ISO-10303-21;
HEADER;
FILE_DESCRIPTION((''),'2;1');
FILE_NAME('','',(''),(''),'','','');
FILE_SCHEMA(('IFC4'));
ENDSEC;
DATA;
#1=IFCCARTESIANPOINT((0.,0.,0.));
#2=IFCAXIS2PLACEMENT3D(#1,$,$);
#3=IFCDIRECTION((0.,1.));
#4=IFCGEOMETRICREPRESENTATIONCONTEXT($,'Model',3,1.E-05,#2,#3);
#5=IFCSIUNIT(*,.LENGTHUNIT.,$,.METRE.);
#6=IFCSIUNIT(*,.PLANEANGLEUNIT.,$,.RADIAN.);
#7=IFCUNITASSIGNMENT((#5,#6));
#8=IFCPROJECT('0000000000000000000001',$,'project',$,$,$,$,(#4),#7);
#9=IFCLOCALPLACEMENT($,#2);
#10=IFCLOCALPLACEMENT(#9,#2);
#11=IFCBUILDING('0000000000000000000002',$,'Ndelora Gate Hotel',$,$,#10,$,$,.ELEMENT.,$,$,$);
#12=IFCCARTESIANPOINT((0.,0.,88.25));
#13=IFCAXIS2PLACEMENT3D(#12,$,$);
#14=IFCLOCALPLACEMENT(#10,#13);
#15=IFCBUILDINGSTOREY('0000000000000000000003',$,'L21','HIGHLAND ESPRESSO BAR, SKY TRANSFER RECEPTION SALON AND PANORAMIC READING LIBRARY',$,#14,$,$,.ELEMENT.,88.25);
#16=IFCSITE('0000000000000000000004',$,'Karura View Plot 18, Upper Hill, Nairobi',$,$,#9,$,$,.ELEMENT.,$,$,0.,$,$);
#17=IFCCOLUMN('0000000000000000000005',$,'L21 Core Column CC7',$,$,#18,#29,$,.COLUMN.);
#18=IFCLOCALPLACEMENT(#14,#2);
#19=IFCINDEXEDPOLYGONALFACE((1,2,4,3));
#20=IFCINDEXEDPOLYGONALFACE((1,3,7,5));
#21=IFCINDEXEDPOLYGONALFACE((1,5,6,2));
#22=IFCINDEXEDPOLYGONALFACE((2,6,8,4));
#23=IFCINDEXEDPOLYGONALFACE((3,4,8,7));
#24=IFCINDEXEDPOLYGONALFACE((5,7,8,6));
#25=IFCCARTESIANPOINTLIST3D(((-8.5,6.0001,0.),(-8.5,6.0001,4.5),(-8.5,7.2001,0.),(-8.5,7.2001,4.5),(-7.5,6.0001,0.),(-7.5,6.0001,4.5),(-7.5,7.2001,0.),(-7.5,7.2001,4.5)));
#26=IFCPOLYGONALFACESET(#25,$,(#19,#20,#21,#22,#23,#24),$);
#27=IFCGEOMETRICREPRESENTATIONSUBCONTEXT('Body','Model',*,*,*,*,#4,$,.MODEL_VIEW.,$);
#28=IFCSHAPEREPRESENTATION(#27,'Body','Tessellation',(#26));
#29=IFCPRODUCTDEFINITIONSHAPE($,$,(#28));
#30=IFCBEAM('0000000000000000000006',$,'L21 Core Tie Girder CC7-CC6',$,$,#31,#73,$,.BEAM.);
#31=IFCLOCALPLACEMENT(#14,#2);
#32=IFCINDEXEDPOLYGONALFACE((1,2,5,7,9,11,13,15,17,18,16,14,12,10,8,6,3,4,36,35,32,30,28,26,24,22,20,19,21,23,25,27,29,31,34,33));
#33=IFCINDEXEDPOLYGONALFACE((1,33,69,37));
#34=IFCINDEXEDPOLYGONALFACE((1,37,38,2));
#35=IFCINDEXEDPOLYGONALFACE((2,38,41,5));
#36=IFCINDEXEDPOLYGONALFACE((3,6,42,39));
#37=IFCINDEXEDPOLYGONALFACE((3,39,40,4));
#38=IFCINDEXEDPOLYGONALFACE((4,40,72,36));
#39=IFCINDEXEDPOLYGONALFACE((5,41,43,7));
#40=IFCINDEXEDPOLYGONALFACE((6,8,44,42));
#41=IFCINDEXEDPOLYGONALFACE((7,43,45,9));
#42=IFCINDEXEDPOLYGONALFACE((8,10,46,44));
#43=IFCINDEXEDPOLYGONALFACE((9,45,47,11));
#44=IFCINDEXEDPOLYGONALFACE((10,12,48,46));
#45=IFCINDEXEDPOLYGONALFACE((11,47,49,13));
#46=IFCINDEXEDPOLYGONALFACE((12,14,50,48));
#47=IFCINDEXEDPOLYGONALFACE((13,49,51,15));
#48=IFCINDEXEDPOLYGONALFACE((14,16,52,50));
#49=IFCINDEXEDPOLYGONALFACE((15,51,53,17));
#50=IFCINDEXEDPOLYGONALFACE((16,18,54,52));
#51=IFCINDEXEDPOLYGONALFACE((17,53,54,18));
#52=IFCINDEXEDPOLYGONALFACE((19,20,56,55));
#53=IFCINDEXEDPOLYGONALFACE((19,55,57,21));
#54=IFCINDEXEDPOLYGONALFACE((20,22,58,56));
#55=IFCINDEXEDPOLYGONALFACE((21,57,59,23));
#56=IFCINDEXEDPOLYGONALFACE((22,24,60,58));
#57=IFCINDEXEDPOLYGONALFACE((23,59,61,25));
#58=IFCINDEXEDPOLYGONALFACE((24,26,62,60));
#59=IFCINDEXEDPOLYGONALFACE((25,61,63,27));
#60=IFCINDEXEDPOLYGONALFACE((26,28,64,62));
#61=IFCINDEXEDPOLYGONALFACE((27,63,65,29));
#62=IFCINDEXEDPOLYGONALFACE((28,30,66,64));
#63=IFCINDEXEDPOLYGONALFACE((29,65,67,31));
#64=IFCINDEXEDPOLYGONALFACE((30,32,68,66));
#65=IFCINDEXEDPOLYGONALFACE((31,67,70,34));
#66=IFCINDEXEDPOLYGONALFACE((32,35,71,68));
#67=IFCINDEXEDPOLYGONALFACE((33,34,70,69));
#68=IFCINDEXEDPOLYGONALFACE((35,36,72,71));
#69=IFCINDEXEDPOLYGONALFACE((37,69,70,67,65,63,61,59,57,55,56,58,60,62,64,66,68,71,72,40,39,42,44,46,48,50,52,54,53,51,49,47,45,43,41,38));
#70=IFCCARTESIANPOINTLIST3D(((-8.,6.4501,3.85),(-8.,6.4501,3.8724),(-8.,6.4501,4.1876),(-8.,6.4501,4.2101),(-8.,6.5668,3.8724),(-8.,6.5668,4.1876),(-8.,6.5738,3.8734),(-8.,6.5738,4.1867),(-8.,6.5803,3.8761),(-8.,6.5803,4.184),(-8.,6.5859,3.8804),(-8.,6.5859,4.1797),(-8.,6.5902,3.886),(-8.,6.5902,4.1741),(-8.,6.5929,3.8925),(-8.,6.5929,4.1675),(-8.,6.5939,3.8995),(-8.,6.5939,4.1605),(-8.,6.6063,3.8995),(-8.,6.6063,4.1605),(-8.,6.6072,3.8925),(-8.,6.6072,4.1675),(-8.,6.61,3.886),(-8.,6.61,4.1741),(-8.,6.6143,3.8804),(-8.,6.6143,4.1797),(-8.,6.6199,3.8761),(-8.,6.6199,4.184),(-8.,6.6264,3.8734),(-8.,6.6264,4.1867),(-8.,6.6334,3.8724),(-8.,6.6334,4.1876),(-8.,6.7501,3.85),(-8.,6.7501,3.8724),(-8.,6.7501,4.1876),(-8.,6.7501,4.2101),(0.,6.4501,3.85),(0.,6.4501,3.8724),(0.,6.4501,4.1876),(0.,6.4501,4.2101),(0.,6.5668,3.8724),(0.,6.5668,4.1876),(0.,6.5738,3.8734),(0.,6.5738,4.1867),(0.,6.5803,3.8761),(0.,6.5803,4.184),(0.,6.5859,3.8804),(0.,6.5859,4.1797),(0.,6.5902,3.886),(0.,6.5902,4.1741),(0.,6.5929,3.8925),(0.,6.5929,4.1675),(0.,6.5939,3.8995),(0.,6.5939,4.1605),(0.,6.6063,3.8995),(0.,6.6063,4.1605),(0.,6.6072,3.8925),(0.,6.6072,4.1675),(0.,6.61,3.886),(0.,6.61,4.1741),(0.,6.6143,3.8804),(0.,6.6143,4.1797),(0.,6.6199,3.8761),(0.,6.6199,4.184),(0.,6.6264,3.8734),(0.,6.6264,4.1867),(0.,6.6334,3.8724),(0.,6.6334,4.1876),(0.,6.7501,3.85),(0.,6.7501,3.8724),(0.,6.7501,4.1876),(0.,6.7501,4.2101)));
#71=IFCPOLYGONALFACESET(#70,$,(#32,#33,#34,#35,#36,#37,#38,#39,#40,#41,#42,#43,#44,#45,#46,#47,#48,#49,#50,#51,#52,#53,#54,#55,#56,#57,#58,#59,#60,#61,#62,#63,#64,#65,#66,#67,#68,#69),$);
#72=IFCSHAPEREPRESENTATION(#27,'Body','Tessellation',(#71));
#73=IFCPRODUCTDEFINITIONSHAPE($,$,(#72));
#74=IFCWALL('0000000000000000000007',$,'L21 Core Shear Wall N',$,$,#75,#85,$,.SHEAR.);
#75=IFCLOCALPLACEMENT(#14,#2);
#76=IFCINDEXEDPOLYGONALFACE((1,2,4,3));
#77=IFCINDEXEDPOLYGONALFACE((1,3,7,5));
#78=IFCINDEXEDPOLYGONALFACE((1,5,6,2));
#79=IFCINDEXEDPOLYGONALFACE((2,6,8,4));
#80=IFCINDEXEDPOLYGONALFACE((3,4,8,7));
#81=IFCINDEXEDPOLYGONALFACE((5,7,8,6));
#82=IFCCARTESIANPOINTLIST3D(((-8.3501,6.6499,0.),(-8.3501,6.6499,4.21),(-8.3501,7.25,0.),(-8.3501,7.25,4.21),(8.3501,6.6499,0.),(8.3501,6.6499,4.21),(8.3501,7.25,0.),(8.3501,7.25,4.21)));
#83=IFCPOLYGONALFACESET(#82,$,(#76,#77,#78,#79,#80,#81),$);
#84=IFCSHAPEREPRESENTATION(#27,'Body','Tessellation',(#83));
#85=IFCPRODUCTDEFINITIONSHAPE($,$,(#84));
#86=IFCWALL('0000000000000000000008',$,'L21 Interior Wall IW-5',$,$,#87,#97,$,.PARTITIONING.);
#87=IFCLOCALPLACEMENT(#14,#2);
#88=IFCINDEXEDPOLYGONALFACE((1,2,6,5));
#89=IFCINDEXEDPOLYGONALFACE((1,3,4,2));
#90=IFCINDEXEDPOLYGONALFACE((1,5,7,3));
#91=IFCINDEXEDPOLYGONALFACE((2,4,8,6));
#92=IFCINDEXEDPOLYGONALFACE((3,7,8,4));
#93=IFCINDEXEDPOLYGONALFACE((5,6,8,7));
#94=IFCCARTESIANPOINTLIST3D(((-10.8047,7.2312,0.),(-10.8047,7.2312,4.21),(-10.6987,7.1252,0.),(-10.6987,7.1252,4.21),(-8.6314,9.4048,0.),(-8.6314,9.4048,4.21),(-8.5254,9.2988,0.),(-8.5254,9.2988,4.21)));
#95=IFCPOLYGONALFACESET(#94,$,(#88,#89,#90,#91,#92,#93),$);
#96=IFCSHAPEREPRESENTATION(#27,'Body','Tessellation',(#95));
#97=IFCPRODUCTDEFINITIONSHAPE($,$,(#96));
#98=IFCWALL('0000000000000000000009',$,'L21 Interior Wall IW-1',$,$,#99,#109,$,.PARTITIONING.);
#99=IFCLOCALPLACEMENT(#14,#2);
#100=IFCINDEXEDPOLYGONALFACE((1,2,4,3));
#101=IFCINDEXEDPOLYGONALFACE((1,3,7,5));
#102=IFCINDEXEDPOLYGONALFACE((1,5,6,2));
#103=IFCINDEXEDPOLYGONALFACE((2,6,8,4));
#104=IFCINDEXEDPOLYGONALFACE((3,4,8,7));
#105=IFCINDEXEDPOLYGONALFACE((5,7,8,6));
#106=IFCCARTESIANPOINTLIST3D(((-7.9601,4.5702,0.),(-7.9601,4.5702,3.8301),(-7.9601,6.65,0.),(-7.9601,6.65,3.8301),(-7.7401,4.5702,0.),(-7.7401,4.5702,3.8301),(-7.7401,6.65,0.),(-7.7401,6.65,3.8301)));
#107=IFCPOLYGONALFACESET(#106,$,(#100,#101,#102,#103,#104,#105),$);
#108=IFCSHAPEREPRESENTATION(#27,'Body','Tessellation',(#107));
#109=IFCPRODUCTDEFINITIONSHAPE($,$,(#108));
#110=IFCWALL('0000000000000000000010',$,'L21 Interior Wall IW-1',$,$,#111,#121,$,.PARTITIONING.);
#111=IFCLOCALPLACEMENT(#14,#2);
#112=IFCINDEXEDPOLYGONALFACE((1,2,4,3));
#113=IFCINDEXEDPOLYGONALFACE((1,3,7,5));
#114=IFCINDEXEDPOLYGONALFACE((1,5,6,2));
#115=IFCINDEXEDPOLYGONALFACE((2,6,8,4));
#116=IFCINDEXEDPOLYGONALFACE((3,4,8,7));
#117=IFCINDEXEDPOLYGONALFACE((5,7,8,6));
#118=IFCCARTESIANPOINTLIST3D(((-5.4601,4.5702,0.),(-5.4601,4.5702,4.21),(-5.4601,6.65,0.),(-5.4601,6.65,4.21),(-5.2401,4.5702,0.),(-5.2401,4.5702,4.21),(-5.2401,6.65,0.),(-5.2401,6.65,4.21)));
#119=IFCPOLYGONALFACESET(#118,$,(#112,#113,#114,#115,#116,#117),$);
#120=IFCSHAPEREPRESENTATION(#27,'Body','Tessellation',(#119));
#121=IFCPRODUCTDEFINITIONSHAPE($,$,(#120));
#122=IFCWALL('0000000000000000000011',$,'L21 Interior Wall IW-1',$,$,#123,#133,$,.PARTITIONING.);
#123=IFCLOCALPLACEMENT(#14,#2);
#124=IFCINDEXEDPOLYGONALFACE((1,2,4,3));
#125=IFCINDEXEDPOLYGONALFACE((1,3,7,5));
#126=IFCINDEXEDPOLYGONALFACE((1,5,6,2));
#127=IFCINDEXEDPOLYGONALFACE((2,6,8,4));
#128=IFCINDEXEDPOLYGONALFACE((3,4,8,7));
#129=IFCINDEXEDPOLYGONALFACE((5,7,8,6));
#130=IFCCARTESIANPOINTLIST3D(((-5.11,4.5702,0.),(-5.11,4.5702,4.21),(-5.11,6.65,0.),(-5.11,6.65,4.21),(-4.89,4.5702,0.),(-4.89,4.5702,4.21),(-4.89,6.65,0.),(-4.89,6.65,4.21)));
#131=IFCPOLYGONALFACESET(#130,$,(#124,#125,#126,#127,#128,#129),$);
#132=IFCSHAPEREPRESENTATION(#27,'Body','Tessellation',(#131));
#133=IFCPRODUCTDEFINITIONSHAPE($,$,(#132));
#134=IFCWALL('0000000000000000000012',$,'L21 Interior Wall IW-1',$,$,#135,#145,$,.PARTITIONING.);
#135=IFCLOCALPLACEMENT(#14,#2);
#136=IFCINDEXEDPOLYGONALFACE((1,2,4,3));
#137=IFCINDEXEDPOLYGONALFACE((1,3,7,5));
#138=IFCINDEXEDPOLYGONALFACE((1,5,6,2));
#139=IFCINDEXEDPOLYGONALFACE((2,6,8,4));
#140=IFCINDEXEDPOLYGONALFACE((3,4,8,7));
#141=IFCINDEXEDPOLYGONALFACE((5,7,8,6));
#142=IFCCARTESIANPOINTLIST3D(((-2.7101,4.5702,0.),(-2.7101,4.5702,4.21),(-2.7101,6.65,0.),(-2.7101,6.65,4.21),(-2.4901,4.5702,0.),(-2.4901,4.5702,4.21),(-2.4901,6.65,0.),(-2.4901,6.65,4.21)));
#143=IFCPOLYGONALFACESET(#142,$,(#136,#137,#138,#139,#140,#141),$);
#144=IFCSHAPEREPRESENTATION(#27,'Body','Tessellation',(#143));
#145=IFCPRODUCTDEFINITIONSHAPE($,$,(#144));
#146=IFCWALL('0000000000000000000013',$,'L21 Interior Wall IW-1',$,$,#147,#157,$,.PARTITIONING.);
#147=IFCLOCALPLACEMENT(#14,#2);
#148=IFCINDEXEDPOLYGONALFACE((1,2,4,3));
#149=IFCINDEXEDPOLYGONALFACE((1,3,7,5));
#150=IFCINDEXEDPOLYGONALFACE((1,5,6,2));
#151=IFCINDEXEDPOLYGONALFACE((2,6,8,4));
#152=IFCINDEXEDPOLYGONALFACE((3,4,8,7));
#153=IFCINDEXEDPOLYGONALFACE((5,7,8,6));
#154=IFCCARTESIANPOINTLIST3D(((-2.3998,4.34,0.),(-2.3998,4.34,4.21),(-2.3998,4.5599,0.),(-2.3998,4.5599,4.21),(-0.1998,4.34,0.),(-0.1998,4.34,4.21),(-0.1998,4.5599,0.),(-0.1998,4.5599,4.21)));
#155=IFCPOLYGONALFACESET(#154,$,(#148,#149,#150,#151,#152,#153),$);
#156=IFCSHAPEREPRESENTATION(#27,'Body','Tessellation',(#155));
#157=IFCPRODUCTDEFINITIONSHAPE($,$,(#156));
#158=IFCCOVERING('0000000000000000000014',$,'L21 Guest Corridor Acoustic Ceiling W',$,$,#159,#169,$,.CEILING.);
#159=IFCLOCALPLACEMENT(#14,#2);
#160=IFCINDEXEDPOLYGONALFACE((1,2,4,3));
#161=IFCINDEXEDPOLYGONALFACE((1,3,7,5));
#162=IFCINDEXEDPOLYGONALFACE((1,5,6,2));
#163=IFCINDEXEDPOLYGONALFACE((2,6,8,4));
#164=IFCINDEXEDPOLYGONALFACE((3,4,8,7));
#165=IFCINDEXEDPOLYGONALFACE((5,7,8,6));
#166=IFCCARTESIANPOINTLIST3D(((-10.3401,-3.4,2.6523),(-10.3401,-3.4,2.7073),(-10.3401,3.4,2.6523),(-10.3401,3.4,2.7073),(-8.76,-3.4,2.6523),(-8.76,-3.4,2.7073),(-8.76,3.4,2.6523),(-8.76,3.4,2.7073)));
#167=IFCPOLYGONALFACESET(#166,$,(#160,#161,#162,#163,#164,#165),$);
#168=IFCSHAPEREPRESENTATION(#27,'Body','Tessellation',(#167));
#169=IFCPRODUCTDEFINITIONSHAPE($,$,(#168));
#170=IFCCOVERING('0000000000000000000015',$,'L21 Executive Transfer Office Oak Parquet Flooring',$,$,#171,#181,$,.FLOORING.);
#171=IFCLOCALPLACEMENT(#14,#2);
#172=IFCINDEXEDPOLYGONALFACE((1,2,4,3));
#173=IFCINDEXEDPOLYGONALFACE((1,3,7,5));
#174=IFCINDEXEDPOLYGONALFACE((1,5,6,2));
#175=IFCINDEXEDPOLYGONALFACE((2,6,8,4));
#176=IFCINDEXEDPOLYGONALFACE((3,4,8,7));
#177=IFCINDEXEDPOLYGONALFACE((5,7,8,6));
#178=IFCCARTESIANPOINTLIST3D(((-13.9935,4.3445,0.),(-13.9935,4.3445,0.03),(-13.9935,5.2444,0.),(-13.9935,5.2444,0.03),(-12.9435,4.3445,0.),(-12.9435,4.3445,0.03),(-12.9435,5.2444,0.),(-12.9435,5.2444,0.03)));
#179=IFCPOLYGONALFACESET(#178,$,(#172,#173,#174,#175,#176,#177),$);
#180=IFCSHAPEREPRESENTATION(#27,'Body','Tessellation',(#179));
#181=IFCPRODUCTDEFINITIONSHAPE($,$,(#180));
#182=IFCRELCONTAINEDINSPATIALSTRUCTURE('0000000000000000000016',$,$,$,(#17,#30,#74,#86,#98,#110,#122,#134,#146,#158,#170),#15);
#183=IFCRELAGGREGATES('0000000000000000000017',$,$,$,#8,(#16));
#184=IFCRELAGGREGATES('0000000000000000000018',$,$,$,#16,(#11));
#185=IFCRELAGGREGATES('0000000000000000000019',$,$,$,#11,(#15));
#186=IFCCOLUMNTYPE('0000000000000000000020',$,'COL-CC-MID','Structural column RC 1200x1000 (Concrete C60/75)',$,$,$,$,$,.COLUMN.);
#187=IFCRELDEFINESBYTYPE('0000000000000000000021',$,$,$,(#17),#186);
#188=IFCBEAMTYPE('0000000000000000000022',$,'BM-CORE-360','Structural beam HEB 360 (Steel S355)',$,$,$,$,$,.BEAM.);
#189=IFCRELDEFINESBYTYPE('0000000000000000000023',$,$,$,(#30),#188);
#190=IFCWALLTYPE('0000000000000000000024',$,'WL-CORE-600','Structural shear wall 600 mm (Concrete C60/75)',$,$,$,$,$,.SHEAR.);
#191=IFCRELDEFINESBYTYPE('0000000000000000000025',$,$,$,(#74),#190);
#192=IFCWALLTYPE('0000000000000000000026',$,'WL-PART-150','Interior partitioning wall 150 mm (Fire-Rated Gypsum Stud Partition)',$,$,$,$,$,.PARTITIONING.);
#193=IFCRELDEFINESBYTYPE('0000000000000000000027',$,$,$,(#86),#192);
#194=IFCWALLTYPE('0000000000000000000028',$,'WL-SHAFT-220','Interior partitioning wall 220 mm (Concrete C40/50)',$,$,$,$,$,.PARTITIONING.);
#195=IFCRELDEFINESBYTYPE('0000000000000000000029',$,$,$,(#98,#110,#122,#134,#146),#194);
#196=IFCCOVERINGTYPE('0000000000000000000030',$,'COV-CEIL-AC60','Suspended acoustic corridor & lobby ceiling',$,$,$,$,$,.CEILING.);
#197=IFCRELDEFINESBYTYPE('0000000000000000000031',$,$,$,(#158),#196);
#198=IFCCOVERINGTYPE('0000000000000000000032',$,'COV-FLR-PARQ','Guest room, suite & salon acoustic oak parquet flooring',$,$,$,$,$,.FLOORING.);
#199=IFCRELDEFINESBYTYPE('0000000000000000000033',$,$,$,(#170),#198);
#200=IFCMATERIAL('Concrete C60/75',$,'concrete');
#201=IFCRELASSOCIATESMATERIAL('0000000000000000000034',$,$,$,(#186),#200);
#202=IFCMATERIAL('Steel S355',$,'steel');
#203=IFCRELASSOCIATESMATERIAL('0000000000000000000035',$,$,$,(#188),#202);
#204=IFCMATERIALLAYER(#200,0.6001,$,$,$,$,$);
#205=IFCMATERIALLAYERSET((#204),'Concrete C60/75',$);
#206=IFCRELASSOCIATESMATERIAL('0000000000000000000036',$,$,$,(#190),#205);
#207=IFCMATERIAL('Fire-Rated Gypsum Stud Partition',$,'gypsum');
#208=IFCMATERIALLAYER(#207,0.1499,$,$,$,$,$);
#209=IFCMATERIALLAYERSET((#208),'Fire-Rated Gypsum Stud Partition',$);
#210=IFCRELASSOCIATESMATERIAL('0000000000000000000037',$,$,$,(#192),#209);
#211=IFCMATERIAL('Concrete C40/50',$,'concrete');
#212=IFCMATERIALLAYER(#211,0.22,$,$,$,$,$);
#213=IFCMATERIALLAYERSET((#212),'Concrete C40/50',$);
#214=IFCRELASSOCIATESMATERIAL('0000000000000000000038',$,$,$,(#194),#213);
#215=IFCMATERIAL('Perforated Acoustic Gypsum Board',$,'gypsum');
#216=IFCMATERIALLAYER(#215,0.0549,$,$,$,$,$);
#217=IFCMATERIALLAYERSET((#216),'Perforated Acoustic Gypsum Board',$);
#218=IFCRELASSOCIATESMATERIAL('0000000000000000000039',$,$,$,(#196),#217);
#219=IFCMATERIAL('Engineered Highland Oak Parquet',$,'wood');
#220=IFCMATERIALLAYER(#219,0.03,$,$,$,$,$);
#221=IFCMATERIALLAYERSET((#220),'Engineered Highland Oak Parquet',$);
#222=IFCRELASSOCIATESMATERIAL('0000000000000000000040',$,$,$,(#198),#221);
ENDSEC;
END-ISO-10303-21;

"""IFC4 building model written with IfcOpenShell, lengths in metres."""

from ifc_helpers import new_model, si_unit, direction, frame, frame_2d, origin, origin_2d, place, context, subcontext, project, spatial, rectangle, i_section, extrude, material, layer, layer_set, material_profile, profile_set, type_object, element, save


model = new_model("IFC4")

# Units and contexts
model_context = context("Model", 3, precision=1e-05, world=origin(), true_north=direction((0.0, 1.0)))
body_context = subcontext(model_context, "Body", "Model", "MODEL_VIEW")
ifc_project = project(units=[si_unit("LENGTHUNIT", "METRE"), si_unit("PLANEANGLEUNIT", "RADIAN")], contexts=[model_context])

# Site, building, storey
site_placement = place(None, origin())
site = spatial("IfcSite", under=ifc_project, at=site_placement, Name="Karura View Plot 18, Upper Hill, Nairobi", CompositionType="ELEMENT", RefElevation=0.0)
building_placement = place(site_placement, origin())
building = spatial("IfcBuilding", under=site, at=building_placement, Name="Ndelora Gate Hotel", CompositionType="ELEMENT")
storey_placement = place(building_placement, frame((0.0, 0.0, 88.25)))
storey = spatial("IfcBuildingStorey", under=building, at=storey_placement, Name="L21", Description="HIGHLAND ESPRESSO BAR, SKY TRANSFER RECEPTION SALON AND PANORAMIC READING LIBRARY", CompositionType="ELEMENT", Elevation=88.25)

# Column
ifc_material_1 = material(Name="Concrete C60/75", Category="concrete")
ifc_material_profile_1 = material_profile(ifc_material_1, rectangle(XDim=1.0, YDim=1.2, at=origin_2d()), Name="RC 1200x1000")
ifc_profile_set_1 = profile_set([ifc_material_profile_1], Name="Concrete C60/75")
column_type = type_object("IfcColumnType", Name="COL-CC-MID", Description="Structural column RC 1200x1000 (Concrete C60/75)", PredefinedType="COLUMN", material=ifc_profile_set_1)
column_placement = place(storey_placement, frame((-8.0, 6.6001, 0.0), z_axis=(0.0, 0.0, 1.0), x_axis=(1.0, 0.0, 0.0)))
element("IfcColumn", 1, at=column_placement, inside=storey, type_object=column_type, Name="L21 Core Column CC7", PredefinedType="COLUMN", context=body_context, shape_type="SweptSolid", body=[
    extrude(rectangle(XDim=1.0, YDim=1.2, at=origin_2d()), origin(), (0.0, 0.0, 1.0), 4.5),
])

# Beam
ifc_material_2 = material(Name="Steel S355", Category="steel")
ifc_material_profile_2 = material_profile(ifc_material_2, i_section(OverallWidth=0.3, OverallDepth=0.3601, WebThickness=0.0125, FlangeThickness=0.0225, FilletRadius=0.0271, at=origin_2d()), Name="HEB 360")
ifc_profile_set_2 = profile_set([ifc_material_profile_2], Name="Steel S355")
beam_type = type_object("IfcBeamType", Name="BM-CORE-360", Description="Structural beam HEB 360 (Steel S355)", PredefinedType="BEAM", material=ifc_profile_set_2)
beam_placement = place(storey_placement, frame((-8.0, 6.6001, 4.03), z_axis=(1.0, 0.0, 0.0), x_axis=(0.0, 1.0, 0.0)))
element("IfcBeam", 2, at=beam_placement, inside=storey, type_object=beam_type, Name="L21 Core Tie Girder CC7-CC6", PredefinedType="BEAM", context=body_context, shape_type="SweptSolid", body=[
    extrude(i_section(OverallWidth=0.3, OverallDepth=0.3601, WebThickness=0.0125, FlangeThickness=0.0225, FilletRadius=0.0271, at=origin_2d()), origin(), (0.0, 0.0, 1.0), 8.0),
])

# Wall
ifc_layer_1 = layer(ifc_material_1, 0.6001)
ifc_layer_set_1 = layer_set([ifc_layer_1], Name="Concrete C60/75")
wall_type_1 = type_object("IfcWallType", Name="WL-CORE-600", Description="Structural shear wall 600 mm (Concrete C60/75)", PredefinedType="SHEAR", material=ifc_layer_set_1)
wall_1_placement = place(storey_placement, frame((-8.3501, 6.95, 0.0), z_axis=(0.0, 0.0, 1.0), x_axis=(1.0, 0.0, 0.0)))
element("IfcWall", 3, at=wall_1_placement, inside=storey, type_object=wall_type_1, Name="L21 Core Shear Wall N", PredefinedType="SHEAR", context=body_context, shape_type="SweptSolid", body=[
    extrude(rectangle(XDim=16.7002, YDim=0.6001, at=frame_2d((8.3501, 0.0))), origin(), (0.0, 0.0, 1.0), 4.21),
])

# Shared definitions
ifc_material_3 = material(Name="Concrete C40/50", Category="concrete")

# Wall
ifc_material_4 = material(Name="Fire-Rated Gypsum Stud Partition", Category="gypsum")
ifc_layer_2 = layer(ifc_material_4, 0.1499)
ifc_layer_set_2 = layer_set([ifc_layer_2], Name="Fire-Rated Gypsum Stud Partition")
wall_type_2 = type_object("IfcWallType", Name="WL-PART-150", Description="Interior partitioning wall 150 mm (Fire-Rated Gypsum Stud Partition)", PredefinedType="PARTITIONING", material=ifc_layer_set_2)
wall_2_placement = place(storey_placement, frame((-10.7517, 7.1782, 0.0), z_axis=(0.0, 0.0, 1.0), x_axis=(0.707067, 0.707146, 0.0)))
element("IfcWall", 4, at=wall_2_placement, inside=storey, type_object=wall_type_2, Name="L21 Interior Wall IW-5", PredefinedType="PARTITIONING", context=body_context, shape_type="SweptSolid", body=[
    extrude(rectangle(XDim=3.0737, YDim=0.1499, at=frame_2d((1.5369, 0.0))), origin(), (0.0, 0.0, 1.0), 4.21),
])

# Shared definitions
ifc_layer_3 = layer(ifc_material_3, 0.22)
ifc_layer_set_3 = layer_set([ifc_layer_3], Name="Concrete C40/50")
wall_type_3 = type_object("IfcWallType", Name="WL-SHAFT-220", Description="Interior partitioning wall 220 mm (Concrete C40/50)", PredefinedType="PARTITIONING", material=ifc_layer_set_3)

# Walls
wall_3_placement = place(storey_placement, frame((-7.8501, 4.5701, 0.0), z_axis=(0.0, 0.0, 1.0), x_axis=(0.0, 1.0, 0.0)))
element("IfcWall", 5, at=wall_3_placement, inside=storey, type_object=wall_type_3, Name="L21 Interior Wall IW-1", PredefinedType="PARTITIONING", context=body_context, shape_type="SweptSolid", body=[
    extrude(rectangle(XDim=2.0798, YDim=0.22, at=frame_2d((1.04, 0.0))), origin(), (0.0, 0.0, 1.0), 3.8301),
])
wall_4_placement = place(storey_placement, frame((-5.3501, 4.5701, 0.0), z_axis=(0.0, 0.0, 1.0), x_axis=(0.0, 1.0, 0.0)))
element("IfcWall", 6, at=wall_4_placement, inside=storey, type_object=wall_type_3, Name="L21 Interior Wall IW-1", PredefinedType="PARTITIONING", context=body_context, shape_type="SweptSolid", body=[
    extrude(rectangle(XDim=2.0798, YDim=0.22, at=frame_2d((1.04, 0.0))), origin(), (0.0, 0.0, 1.0), 4.21),
])

# Walls
for number, where, z_axis, x_axis, name in (
    (7, (-5.0, 4.5701, 0.0), (0.0, 0.0, 1.0), (0.0, 1.0, 0.0), "L21 Interior Wall IW-1"),
    (8, (-2.6001, 4.5701, 0.0), (0.0, 0.0, 1.0), (0.0, 1.0, 0.0), "L21 Interior Wall IW-1"),
):
    element("IfcWall", number, at=place(storey_placement, frame(where, z_axis=z_axis, x_axis=x_axis)), inside=storey, type_object=wall_type_3, Name=name, PredefinedType="PARTITIONING", context=body_context, shape_type="SweptSolid", body=[
        extrude(rectangle(XDim=2.0798, YDim=0.22, at=frame_2d((1.04, 0.0))), origin(), (0.0, 0.0, 1.0), 4.21),
    ])
wall_5_placement = place(storey_placement, frame((-2.3999, 4.45, 0.0), z_axis=(0.0, 0.0, 1.0), x_axis=(1.0, 0.0, 0.0)))
element("IfcWall", 9, at=wall_5_placement, inside=storey, type_object=wall_type_3, Name="L21 Interior Wall IW-1", PredefinedType="PARTITIONING", context=body_context, shape_type="SweptSolid", body=[
    extrude(rectangle(XDim=2.2, YDim=0.22, at=frame_2d((1.1001, 0.0))), origin(), (0.0, 0.0, 1.0), 4.21),
])

# Coverings
ifc_material_5 = material(Name="Perforated Acoustic Gypsum Board", Category="gypsum")
ifc_layer_4 = layer(ifc_material_5, 0.0549)
ifc_layer_set_4 = layer_set([ifc_layer_4], Name="Perforated Acoustic Gypsum Board")
covering_type_1 = type_object("IfcCoveringType", Name="COV-CEIL-AC60", Description="Suspended acoustic corridor & lobby ceiling", PredefinedType="CEILING", material=ifc_layer_set_4)
covering_1_placement = place(storey_placement, frame((-9.55, 0.0, 2.6523), z_axis=(0.0, 0.0, 1.0), x_axis=(1.0, 0.0, 0.0)))
element("IfcCovering", 10, at=covering_1_placement, inside=storey, type_object=covering_type_1, Name="L21 Guest Corridor Acoustic Ceiling W", PredefinedType="CEILING", context=body_context, shape_type="SweptSolid", body=[
    extrude(rectangle(XDim=1.5801, YDim=6.8, at=origin_2d()), origin(), (0.0, 0.0, 1.0), 0.0549),
])
ifc_material_6 = material(Name="Engineered Highland Oak Parquet", Category="wood")
ifc_layer_5 = layer(ifc_material_6, 0.03)
ifc_layer_set_5 = layer_set([ifc_layer_5], Name="Engineered Highland Oak Parquet")
covering_type_2 = type_object("IfcCoveringType", Name="COV-FLR-PARQ", Description="Guest room, suite & salon acoustic oak parquet flooring", PredefinedType="FLOORING", material=ifc_layer_set_5)
covering_2_placement = place(storey_placement, frame((-13.4685, 4.7944, 0.0), z_axis=(0.0, 0.0, 1.0), x_axis=(1.0, 0.0, 0.0)))
element("IfcCovering", 11, at=covering_2_placement, inside=storey, type_object=covering_type_2, Name="L21 Executive Transfer Office Oak Parquet Flooring", PredefinedType="FLOORING", context=body_context, shape_type="SweptSolid", body=[
    extrude(rectangle(XDim=1.05, YDim=0.8999, at=origin_2d()), origin(), (0.0, 0.0, 1.0), 0.03),
])

save(model, "model.ifc")
